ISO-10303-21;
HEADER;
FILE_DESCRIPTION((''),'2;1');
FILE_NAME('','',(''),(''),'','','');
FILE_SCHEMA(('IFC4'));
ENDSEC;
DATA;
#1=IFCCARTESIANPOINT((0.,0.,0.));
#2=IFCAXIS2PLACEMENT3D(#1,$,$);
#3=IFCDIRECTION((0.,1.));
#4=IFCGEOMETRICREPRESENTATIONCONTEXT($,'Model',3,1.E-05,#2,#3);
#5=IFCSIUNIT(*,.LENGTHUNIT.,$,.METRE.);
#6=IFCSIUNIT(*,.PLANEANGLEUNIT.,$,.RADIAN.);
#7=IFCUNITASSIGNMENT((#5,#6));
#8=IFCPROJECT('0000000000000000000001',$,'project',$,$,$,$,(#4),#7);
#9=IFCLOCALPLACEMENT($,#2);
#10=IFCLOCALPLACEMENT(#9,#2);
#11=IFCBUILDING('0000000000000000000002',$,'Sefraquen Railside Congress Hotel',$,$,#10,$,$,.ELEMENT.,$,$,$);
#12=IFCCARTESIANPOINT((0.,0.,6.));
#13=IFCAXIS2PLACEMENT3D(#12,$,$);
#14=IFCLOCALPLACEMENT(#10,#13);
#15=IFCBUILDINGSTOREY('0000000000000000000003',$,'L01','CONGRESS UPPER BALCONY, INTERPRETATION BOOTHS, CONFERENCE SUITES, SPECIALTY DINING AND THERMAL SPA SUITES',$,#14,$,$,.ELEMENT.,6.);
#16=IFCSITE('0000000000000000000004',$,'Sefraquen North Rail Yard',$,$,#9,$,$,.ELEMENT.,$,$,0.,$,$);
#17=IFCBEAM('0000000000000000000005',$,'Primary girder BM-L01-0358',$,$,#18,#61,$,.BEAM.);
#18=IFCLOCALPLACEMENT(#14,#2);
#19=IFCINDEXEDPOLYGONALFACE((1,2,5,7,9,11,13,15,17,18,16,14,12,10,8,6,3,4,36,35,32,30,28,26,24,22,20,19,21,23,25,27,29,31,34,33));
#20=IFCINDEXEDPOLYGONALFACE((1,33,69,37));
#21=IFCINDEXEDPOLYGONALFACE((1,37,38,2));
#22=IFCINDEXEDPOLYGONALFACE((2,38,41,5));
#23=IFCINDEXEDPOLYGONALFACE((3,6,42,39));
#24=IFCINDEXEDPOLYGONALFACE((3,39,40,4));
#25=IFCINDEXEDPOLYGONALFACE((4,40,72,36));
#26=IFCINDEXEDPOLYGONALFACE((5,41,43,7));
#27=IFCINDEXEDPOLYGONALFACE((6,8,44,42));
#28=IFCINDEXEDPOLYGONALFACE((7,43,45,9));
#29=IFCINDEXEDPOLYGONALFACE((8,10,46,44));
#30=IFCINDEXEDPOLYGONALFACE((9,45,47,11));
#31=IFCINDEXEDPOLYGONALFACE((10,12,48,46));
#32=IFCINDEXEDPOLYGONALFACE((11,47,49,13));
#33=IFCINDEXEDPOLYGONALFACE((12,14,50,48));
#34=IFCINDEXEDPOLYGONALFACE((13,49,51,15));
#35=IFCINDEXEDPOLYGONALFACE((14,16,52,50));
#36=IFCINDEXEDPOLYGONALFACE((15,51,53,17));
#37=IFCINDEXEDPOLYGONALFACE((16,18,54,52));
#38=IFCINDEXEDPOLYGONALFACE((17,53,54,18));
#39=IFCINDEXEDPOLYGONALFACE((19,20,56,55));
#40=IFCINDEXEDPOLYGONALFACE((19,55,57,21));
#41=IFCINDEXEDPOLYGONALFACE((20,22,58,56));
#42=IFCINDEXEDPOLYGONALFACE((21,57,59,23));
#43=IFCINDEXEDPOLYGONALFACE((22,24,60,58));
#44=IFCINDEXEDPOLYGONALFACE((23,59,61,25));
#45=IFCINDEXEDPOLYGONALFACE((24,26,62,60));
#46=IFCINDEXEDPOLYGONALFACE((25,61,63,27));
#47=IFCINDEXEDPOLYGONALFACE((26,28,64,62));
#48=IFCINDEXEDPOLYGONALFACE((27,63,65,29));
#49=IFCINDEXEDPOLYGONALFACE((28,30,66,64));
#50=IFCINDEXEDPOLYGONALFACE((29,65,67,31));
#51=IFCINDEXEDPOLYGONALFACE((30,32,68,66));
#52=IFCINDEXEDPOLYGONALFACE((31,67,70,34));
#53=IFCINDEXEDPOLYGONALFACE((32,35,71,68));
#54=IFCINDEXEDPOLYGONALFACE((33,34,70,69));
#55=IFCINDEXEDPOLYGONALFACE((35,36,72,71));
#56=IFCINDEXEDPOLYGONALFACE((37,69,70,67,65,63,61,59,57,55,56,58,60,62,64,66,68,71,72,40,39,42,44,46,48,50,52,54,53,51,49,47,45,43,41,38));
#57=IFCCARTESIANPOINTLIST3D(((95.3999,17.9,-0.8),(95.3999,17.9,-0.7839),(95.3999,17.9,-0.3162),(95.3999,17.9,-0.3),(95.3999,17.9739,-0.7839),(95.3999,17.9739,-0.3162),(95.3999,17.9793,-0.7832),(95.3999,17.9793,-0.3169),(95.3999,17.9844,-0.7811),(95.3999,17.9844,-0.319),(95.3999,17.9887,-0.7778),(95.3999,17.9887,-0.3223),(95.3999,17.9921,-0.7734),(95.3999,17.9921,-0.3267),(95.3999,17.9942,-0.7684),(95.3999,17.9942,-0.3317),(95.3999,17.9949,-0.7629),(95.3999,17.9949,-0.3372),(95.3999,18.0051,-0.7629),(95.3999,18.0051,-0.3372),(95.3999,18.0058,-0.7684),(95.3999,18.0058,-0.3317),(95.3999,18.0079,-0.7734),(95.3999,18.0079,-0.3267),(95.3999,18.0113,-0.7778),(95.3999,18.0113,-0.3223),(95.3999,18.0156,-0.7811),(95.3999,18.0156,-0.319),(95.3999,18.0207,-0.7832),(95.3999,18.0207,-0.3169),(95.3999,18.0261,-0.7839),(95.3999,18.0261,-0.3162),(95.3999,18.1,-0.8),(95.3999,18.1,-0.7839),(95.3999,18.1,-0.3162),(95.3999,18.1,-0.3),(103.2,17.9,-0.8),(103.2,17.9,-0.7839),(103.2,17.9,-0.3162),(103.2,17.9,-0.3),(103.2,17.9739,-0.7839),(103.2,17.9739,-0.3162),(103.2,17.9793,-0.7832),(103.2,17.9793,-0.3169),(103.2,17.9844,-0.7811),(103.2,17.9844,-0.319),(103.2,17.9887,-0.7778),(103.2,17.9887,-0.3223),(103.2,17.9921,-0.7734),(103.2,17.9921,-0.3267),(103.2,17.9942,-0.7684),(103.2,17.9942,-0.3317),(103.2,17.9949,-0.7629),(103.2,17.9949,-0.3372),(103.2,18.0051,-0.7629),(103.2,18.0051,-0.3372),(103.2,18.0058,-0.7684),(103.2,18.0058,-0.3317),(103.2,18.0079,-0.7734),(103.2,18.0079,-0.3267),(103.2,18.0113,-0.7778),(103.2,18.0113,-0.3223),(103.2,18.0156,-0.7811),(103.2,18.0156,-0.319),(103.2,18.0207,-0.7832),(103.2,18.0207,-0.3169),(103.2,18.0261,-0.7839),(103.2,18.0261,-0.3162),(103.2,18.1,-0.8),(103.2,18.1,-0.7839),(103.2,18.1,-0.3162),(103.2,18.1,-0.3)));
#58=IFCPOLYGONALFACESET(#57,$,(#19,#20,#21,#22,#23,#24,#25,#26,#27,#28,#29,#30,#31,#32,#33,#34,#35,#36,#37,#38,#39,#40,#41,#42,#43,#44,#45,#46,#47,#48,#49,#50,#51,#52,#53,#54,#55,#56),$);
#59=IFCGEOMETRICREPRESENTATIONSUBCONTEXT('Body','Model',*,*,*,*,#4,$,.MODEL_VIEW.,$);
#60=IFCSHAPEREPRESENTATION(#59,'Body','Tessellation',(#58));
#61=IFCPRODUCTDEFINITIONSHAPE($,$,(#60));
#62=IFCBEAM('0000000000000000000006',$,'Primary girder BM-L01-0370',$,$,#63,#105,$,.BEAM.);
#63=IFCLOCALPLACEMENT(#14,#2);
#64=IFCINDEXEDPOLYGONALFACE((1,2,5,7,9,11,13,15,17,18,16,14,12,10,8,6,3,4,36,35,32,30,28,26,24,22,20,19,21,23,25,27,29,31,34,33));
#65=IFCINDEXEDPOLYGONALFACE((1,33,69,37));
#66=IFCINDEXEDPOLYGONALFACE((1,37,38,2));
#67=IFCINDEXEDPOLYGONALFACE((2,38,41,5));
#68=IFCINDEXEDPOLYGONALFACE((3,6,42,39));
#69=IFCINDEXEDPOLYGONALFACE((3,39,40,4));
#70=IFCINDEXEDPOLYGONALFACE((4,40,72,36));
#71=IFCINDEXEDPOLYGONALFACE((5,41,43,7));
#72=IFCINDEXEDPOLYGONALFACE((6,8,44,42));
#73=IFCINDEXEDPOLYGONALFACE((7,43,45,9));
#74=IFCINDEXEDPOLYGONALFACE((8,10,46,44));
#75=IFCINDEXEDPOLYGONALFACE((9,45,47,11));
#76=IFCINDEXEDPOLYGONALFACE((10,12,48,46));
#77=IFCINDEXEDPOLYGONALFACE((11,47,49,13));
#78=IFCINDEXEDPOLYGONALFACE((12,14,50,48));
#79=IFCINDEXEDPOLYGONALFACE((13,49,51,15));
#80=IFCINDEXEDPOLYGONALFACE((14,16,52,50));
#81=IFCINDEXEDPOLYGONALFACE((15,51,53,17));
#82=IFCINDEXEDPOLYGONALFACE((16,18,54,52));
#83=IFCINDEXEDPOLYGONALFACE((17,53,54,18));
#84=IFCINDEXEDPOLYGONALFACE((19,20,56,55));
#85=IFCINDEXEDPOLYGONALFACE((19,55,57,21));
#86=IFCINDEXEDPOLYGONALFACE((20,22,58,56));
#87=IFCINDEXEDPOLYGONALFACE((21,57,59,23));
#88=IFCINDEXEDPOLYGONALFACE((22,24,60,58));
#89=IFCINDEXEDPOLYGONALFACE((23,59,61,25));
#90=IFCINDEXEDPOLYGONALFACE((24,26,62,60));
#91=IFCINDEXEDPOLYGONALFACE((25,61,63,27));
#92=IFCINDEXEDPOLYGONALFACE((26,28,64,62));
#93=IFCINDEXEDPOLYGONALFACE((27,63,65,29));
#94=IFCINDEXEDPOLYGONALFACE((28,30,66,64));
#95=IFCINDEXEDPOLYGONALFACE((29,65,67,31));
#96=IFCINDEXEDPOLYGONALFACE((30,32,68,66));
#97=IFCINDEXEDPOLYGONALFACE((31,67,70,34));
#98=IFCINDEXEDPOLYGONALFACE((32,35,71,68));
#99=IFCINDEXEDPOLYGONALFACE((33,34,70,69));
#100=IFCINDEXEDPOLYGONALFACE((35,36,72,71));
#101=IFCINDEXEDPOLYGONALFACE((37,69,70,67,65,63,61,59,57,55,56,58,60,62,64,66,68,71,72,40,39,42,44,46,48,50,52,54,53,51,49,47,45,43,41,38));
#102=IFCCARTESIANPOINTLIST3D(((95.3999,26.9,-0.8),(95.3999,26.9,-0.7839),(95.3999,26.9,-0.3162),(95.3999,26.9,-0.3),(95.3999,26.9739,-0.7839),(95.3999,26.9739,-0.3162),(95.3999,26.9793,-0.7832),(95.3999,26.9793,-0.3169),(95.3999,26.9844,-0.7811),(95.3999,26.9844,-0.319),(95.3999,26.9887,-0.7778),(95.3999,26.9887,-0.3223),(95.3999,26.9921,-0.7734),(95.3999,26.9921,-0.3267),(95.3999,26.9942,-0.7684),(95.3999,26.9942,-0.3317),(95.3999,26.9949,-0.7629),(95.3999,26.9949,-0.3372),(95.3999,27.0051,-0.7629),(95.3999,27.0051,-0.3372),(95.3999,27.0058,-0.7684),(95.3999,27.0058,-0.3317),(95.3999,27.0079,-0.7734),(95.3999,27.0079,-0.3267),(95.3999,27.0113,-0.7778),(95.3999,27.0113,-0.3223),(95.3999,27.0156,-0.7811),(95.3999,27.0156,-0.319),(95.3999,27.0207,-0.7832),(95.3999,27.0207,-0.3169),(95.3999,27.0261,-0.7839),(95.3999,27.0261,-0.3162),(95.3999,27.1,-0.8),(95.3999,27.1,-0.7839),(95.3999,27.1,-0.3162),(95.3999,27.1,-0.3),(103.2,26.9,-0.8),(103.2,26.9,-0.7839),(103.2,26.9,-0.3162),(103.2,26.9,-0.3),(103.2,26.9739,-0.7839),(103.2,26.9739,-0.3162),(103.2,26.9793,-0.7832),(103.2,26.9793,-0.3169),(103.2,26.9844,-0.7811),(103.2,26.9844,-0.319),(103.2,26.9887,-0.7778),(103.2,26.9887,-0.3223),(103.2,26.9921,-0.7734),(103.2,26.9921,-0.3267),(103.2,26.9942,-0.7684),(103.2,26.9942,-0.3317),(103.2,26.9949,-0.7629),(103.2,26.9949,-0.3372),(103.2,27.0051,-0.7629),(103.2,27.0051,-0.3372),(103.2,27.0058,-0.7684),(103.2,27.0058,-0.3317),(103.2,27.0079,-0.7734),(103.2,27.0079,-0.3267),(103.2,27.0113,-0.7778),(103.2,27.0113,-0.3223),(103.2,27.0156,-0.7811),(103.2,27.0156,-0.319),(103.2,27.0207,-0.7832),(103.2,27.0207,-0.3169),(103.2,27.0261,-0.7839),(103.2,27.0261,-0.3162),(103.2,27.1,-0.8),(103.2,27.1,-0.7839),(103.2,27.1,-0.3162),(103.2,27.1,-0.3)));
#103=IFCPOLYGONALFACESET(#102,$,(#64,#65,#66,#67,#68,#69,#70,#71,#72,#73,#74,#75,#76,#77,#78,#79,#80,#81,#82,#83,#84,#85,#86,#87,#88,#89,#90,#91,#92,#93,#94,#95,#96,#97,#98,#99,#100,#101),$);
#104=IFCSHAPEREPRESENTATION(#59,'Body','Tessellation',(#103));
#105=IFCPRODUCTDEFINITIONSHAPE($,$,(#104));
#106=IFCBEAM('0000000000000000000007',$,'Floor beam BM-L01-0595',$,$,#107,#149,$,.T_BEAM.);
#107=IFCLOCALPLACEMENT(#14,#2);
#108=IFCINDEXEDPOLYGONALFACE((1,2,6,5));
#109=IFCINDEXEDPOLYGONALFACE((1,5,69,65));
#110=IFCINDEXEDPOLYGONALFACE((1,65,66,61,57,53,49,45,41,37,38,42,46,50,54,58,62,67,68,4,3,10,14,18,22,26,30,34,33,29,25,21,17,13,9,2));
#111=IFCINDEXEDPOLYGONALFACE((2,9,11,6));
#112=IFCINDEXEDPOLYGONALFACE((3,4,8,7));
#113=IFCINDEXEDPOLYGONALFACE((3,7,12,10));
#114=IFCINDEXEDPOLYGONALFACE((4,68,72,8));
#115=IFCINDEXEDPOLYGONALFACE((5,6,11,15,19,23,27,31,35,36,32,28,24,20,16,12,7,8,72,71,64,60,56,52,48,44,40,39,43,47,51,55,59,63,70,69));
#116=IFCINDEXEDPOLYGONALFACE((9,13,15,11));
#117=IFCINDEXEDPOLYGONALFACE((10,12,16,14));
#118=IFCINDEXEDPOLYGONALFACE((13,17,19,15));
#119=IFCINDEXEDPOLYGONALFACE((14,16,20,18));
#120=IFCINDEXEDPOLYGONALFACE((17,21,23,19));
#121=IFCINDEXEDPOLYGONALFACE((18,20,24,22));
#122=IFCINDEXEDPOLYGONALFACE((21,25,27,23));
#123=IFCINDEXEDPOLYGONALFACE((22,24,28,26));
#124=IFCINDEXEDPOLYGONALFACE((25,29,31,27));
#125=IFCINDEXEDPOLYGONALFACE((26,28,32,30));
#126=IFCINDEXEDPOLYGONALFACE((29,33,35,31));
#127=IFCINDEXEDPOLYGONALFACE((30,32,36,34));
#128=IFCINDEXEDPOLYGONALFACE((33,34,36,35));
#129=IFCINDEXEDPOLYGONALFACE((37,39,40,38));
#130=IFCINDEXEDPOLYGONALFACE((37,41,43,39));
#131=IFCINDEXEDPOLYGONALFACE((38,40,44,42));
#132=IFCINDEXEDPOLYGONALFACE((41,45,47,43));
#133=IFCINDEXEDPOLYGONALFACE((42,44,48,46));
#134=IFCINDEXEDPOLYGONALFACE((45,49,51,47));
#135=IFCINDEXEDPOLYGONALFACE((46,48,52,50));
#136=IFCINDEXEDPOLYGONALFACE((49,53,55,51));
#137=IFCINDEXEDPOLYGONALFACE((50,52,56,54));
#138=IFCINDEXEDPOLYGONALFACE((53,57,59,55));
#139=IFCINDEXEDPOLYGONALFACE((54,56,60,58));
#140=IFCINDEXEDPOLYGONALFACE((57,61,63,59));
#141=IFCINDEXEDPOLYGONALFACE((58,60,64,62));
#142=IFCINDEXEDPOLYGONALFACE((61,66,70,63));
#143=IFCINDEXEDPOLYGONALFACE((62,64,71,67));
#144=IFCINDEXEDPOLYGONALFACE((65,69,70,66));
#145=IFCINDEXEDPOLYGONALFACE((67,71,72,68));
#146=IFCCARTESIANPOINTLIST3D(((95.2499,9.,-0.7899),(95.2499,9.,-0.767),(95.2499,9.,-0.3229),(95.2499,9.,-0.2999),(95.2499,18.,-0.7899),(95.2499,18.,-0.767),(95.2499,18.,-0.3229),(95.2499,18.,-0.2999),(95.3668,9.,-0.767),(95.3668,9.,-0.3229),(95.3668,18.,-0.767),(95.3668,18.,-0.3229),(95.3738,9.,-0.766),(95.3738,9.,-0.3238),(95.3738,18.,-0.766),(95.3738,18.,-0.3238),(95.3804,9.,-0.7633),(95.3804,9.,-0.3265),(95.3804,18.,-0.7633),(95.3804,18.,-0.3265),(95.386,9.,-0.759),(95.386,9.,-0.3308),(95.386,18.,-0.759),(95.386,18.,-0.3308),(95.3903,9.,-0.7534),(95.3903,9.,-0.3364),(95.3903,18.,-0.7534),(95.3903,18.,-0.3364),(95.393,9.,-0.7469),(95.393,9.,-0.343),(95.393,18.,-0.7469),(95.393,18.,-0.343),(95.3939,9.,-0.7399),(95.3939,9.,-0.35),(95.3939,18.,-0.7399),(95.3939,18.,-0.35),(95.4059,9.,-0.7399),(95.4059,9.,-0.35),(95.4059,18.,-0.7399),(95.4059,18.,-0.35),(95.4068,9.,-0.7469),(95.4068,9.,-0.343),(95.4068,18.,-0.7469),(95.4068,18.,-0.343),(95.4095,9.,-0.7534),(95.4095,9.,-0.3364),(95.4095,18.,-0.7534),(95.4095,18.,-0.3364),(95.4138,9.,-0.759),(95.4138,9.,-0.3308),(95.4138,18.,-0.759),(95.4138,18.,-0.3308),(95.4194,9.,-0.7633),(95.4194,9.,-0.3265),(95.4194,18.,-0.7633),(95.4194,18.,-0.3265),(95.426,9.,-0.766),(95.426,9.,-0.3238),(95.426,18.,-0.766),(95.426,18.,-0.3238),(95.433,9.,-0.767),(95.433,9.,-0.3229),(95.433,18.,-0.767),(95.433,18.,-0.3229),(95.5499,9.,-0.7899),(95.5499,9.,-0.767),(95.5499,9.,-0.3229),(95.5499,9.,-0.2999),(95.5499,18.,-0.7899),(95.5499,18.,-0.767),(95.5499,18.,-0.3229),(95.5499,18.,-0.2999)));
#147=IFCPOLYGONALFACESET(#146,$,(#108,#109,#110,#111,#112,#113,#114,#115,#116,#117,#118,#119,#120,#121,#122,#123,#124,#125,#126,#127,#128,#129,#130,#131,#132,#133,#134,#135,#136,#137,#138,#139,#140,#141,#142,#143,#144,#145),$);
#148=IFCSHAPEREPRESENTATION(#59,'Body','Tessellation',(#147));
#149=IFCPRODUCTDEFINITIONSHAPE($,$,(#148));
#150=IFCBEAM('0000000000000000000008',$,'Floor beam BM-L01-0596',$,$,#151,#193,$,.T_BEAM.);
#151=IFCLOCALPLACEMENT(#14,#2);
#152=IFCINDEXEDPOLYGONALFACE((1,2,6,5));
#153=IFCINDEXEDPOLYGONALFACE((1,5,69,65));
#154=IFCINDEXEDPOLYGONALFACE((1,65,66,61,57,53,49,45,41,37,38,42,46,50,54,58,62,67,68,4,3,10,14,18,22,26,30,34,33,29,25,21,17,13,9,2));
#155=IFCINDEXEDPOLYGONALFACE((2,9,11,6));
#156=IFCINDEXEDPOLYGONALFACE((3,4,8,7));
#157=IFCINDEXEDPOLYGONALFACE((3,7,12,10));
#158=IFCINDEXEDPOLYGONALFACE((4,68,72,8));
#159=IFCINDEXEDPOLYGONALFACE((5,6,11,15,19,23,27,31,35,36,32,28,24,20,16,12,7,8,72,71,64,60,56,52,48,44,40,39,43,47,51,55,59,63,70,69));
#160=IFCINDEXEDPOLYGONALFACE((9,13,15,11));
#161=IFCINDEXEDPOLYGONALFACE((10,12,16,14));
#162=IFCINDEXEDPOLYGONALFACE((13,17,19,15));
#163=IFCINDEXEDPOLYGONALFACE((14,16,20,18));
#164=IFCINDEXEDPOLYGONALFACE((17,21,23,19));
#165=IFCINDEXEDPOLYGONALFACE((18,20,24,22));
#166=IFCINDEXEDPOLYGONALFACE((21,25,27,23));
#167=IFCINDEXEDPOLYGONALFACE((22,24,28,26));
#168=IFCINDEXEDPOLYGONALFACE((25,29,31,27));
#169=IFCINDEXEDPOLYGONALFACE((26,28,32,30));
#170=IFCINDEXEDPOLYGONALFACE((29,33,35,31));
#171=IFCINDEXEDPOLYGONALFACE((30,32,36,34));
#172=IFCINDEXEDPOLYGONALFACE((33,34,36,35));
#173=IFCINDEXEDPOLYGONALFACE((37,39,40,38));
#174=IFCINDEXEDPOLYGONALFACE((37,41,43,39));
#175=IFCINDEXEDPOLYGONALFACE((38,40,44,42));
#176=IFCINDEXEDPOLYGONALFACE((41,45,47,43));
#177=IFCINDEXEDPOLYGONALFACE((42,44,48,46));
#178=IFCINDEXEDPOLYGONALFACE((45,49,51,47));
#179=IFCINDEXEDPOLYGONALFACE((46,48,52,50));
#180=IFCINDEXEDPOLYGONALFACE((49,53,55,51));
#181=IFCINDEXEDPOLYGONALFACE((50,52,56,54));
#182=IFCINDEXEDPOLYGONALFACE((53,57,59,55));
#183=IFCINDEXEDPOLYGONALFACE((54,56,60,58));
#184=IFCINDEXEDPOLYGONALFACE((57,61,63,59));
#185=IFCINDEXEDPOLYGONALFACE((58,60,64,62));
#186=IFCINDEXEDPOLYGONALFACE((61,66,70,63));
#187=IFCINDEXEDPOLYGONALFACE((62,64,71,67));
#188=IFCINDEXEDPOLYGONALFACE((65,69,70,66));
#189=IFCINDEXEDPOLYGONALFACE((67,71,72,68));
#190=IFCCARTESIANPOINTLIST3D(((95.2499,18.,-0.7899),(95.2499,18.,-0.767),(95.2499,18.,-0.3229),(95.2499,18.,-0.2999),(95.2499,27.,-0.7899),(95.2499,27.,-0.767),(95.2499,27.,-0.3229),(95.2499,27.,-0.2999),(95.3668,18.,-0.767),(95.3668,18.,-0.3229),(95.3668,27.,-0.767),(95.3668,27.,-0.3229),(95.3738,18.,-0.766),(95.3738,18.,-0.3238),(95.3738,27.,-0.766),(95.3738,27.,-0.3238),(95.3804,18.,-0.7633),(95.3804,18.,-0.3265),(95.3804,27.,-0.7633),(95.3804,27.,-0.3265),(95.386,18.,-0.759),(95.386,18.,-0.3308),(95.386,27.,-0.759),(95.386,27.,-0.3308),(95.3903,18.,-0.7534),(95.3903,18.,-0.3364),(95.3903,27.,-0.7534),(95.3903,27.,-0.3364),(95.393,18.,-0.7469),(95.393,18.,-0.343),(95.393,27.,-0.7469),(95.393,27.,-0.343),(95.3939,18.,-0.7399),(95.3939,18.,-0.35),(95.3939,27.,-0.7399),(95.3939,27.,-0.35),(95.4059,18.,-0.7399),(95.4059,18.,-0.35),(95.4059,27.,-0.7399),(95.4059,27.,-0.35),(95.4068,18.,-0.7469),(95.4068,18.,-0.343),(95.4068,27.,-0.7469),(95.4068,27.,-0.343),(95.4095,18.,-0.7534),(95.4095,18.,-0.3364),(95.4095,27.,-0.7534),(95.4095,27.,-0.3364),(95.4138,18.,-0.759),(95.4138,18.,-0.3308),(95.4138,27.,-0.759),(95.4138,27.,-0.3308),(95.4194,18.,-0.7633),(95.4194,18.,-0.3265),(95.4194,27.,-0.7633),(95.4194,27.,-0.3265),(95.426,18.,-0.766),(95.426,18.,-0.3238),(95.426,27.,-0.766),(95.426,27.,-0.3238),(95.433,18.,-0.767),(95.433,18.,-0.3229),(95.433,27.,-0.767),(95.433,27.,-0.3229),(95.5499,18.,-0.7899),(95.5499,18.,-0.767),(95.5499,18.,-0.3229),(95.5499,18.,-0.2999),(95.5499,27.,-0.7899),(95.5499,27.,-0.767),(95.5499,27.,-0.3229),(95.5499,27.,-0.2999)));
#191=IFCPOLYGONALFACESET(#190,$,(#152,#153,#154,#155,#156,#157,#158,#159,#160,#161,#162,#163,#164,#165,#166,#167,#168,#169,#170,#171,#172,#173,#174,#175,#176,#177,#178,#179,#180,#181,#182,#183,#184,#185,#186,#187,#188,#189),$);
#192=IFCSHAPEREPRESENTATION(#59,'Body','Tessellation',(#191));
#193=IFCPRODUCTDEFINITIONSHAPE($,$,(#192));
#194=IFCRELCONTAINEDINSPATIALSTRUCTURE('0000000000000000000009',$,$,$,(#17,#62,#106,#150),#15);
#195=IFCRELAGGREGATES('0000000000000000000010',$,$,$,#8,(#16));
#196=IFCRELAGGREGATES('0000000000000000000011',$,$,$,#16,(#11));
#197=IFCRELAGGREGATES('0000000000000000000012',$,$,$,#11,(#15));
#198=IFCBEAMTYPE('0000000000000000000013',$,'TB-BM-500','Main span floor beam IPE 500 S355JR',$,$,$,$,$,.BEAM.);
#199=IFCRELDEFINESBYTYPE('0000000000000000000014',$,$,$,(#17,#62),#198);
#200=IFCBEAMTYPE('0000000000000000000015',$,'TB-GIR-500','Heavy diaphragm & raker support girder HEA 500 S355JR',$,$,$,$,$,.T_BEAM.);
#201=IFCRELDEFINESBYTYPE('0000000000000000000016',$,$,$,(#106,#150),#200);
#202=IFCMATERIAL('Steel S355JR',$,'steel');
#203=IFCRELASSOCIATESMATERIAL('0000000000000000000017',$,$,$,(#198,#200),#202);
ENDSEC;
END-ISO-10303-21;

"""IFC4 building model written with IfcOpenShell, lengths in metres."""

from ifc_helpers import new_model, si_unit, direction, frame, origin, origin_2d, place, context, subcontext, project, spatial, i_section, extrude, material, material_profile, profile_set, type_object, element, save


model = new_model("IFC4")

# Units and contexts
model_context = context("Model", 3, precision=1e-05, world=origin(), true_north=direction((0.0, 1.0)))
body_context = subcontext(model_context, "Body", "Model", "MODEL_VIEW")
ifc_project = project(units=[si_unit("LENGTHUNIT", "METRE"), si_unit("PLANEANGLEUNIT", "RADIAN")], contexts=[model_context])

# Site, building, storey
site_placement = place(None, origin())
site = spatial("IfcSite", under=ifc_project, at=site_placement, Name="Sefraquen North Rail Yard", CompositionType="ELEMENT", RefElevation=0.0)
building_placement = place(site_placement, origin())
building = spatial("IfcBuilding", under=site, at=building_placement, Name="Sefraquen Railside Congress Hotel", CompositionType="ELEMENT")
storey_placement = place(building_placement, frame((0.0, 0.0, 6.0)))
storey = spatial("IfcBuildingStorey", under=building, at=storey_placement, Name="L01", Description="CONGRESS UPPER BALCONY, INTERPRETATION BOOTHS, CONFERENCE SUITES, SPECIALTY DINING AND THERMAL SPA SUITES", CompositionType="ELEMENT", Elevation=6.0)

# Shared definitions
ifc_material_1 = material(Name="Steel S355JR", Category="steel")

# Beams
ifc_material_profile_1 = material_profile(ifc_material_1, i_section(OverallWidth=0.2, OverallDepth=0.5, WebThickness=0.0103, FlangeThickness=0.0161, FilletRadius=0.021, at=origin_2d()), Name="IPE 500")
ifc_profile_set_1 = profile_set([ifc_material_profile_1], Name="Steel S355JR")
beam_type_1 = type_object("IfcBeamType", Name="TB-BM-500", Description="Main span floor beam IPE 500 S355JR", PredefinedType="BEAM", material=ifc_profile_set_1)
for number, where, z_axis, x_axis, name in (
    (1, (95.3999, 18.0, -0.55), (1.0, 0.0, 0.0), (0.0, 1.0, 0.0), "Primary girder BM-L01-0358"),
    (2, (95.3999, 27.0, -0.55), (1.0, 0.0, 0.0), (0.0, 1.0, 0.0), "Primary girder BM-L01-0370"),
):
    element("IfcBeam", number, at=place(storey_placement, frame(where, z_axis=z_axis, x_axis=x_axis)), inside=storey, type_object=beam_type_1, Name=name, PredefinedType="BEAM", context=body_context, shape_type="SweptSolid", body=[
        extrude(i_section(OverallWidth=0.2, OverallDepth=0.5, WebThickness=0.0103, FlangeThickness=0.0161, FilletRadius=0.021, at=origin_2d()), origin(), (0.0, 0.0, 1.0), 7.8),
    ])
ifc_material_profile_2 = material_profile(ifc_material_1, i_section(OverallWidth=0.3, OverallDepth=0.49, WebThickness=0.012, FlangeThickness=0.0229, FilletRadius=0.0271, at=origin_2d()), Name="HEA 500")
ifc_profile_set_2 = profile_set([ifc_material_profile_2], Name="Steel S355JR")
beam_type_2 = type_object("IfcBeamType", Name="TB-GIR-500", Description="Heavy diaphragm & raker support girder HEA 500 S355JR", PredefinedType="T_BEAM", material=ifc_profile_set_2)
for number, where, z_axis, x_axis, name in (
    (3, (95.3999, 9.0, -0.5449), (0.0, 1.0, 0.0), (-1.0, 0.0, 0.0), "Floor beam BM-L01-0595"),
    (4, (95.3999, 18.0, -0.5449), (0.0, 1.0, 0.0), (-1.0, 0.0, 0.0), "Floor beam BM-L01-0596"),
):
    element("IfcBeam", number, at=place(storey_placement, frame(where, z_axis=z_axis, x_axis=x_axis)), inside=storey, type_object=beam_type_2, Name=name, PredefinedType="T_BEAM", context=body_context, shape_type="SweptSolid", body=[
        extrude(i_section(OverallWidth=0.3, OverallDepth=0.49, WebThickness=0.012, FlangeThickness=0.0229, FilletRadius=0.0271, at=origin_2d()), origin(), (0.0, 0.0, 1.0), 9.0),
    ])

save(model, "model.ifc")
